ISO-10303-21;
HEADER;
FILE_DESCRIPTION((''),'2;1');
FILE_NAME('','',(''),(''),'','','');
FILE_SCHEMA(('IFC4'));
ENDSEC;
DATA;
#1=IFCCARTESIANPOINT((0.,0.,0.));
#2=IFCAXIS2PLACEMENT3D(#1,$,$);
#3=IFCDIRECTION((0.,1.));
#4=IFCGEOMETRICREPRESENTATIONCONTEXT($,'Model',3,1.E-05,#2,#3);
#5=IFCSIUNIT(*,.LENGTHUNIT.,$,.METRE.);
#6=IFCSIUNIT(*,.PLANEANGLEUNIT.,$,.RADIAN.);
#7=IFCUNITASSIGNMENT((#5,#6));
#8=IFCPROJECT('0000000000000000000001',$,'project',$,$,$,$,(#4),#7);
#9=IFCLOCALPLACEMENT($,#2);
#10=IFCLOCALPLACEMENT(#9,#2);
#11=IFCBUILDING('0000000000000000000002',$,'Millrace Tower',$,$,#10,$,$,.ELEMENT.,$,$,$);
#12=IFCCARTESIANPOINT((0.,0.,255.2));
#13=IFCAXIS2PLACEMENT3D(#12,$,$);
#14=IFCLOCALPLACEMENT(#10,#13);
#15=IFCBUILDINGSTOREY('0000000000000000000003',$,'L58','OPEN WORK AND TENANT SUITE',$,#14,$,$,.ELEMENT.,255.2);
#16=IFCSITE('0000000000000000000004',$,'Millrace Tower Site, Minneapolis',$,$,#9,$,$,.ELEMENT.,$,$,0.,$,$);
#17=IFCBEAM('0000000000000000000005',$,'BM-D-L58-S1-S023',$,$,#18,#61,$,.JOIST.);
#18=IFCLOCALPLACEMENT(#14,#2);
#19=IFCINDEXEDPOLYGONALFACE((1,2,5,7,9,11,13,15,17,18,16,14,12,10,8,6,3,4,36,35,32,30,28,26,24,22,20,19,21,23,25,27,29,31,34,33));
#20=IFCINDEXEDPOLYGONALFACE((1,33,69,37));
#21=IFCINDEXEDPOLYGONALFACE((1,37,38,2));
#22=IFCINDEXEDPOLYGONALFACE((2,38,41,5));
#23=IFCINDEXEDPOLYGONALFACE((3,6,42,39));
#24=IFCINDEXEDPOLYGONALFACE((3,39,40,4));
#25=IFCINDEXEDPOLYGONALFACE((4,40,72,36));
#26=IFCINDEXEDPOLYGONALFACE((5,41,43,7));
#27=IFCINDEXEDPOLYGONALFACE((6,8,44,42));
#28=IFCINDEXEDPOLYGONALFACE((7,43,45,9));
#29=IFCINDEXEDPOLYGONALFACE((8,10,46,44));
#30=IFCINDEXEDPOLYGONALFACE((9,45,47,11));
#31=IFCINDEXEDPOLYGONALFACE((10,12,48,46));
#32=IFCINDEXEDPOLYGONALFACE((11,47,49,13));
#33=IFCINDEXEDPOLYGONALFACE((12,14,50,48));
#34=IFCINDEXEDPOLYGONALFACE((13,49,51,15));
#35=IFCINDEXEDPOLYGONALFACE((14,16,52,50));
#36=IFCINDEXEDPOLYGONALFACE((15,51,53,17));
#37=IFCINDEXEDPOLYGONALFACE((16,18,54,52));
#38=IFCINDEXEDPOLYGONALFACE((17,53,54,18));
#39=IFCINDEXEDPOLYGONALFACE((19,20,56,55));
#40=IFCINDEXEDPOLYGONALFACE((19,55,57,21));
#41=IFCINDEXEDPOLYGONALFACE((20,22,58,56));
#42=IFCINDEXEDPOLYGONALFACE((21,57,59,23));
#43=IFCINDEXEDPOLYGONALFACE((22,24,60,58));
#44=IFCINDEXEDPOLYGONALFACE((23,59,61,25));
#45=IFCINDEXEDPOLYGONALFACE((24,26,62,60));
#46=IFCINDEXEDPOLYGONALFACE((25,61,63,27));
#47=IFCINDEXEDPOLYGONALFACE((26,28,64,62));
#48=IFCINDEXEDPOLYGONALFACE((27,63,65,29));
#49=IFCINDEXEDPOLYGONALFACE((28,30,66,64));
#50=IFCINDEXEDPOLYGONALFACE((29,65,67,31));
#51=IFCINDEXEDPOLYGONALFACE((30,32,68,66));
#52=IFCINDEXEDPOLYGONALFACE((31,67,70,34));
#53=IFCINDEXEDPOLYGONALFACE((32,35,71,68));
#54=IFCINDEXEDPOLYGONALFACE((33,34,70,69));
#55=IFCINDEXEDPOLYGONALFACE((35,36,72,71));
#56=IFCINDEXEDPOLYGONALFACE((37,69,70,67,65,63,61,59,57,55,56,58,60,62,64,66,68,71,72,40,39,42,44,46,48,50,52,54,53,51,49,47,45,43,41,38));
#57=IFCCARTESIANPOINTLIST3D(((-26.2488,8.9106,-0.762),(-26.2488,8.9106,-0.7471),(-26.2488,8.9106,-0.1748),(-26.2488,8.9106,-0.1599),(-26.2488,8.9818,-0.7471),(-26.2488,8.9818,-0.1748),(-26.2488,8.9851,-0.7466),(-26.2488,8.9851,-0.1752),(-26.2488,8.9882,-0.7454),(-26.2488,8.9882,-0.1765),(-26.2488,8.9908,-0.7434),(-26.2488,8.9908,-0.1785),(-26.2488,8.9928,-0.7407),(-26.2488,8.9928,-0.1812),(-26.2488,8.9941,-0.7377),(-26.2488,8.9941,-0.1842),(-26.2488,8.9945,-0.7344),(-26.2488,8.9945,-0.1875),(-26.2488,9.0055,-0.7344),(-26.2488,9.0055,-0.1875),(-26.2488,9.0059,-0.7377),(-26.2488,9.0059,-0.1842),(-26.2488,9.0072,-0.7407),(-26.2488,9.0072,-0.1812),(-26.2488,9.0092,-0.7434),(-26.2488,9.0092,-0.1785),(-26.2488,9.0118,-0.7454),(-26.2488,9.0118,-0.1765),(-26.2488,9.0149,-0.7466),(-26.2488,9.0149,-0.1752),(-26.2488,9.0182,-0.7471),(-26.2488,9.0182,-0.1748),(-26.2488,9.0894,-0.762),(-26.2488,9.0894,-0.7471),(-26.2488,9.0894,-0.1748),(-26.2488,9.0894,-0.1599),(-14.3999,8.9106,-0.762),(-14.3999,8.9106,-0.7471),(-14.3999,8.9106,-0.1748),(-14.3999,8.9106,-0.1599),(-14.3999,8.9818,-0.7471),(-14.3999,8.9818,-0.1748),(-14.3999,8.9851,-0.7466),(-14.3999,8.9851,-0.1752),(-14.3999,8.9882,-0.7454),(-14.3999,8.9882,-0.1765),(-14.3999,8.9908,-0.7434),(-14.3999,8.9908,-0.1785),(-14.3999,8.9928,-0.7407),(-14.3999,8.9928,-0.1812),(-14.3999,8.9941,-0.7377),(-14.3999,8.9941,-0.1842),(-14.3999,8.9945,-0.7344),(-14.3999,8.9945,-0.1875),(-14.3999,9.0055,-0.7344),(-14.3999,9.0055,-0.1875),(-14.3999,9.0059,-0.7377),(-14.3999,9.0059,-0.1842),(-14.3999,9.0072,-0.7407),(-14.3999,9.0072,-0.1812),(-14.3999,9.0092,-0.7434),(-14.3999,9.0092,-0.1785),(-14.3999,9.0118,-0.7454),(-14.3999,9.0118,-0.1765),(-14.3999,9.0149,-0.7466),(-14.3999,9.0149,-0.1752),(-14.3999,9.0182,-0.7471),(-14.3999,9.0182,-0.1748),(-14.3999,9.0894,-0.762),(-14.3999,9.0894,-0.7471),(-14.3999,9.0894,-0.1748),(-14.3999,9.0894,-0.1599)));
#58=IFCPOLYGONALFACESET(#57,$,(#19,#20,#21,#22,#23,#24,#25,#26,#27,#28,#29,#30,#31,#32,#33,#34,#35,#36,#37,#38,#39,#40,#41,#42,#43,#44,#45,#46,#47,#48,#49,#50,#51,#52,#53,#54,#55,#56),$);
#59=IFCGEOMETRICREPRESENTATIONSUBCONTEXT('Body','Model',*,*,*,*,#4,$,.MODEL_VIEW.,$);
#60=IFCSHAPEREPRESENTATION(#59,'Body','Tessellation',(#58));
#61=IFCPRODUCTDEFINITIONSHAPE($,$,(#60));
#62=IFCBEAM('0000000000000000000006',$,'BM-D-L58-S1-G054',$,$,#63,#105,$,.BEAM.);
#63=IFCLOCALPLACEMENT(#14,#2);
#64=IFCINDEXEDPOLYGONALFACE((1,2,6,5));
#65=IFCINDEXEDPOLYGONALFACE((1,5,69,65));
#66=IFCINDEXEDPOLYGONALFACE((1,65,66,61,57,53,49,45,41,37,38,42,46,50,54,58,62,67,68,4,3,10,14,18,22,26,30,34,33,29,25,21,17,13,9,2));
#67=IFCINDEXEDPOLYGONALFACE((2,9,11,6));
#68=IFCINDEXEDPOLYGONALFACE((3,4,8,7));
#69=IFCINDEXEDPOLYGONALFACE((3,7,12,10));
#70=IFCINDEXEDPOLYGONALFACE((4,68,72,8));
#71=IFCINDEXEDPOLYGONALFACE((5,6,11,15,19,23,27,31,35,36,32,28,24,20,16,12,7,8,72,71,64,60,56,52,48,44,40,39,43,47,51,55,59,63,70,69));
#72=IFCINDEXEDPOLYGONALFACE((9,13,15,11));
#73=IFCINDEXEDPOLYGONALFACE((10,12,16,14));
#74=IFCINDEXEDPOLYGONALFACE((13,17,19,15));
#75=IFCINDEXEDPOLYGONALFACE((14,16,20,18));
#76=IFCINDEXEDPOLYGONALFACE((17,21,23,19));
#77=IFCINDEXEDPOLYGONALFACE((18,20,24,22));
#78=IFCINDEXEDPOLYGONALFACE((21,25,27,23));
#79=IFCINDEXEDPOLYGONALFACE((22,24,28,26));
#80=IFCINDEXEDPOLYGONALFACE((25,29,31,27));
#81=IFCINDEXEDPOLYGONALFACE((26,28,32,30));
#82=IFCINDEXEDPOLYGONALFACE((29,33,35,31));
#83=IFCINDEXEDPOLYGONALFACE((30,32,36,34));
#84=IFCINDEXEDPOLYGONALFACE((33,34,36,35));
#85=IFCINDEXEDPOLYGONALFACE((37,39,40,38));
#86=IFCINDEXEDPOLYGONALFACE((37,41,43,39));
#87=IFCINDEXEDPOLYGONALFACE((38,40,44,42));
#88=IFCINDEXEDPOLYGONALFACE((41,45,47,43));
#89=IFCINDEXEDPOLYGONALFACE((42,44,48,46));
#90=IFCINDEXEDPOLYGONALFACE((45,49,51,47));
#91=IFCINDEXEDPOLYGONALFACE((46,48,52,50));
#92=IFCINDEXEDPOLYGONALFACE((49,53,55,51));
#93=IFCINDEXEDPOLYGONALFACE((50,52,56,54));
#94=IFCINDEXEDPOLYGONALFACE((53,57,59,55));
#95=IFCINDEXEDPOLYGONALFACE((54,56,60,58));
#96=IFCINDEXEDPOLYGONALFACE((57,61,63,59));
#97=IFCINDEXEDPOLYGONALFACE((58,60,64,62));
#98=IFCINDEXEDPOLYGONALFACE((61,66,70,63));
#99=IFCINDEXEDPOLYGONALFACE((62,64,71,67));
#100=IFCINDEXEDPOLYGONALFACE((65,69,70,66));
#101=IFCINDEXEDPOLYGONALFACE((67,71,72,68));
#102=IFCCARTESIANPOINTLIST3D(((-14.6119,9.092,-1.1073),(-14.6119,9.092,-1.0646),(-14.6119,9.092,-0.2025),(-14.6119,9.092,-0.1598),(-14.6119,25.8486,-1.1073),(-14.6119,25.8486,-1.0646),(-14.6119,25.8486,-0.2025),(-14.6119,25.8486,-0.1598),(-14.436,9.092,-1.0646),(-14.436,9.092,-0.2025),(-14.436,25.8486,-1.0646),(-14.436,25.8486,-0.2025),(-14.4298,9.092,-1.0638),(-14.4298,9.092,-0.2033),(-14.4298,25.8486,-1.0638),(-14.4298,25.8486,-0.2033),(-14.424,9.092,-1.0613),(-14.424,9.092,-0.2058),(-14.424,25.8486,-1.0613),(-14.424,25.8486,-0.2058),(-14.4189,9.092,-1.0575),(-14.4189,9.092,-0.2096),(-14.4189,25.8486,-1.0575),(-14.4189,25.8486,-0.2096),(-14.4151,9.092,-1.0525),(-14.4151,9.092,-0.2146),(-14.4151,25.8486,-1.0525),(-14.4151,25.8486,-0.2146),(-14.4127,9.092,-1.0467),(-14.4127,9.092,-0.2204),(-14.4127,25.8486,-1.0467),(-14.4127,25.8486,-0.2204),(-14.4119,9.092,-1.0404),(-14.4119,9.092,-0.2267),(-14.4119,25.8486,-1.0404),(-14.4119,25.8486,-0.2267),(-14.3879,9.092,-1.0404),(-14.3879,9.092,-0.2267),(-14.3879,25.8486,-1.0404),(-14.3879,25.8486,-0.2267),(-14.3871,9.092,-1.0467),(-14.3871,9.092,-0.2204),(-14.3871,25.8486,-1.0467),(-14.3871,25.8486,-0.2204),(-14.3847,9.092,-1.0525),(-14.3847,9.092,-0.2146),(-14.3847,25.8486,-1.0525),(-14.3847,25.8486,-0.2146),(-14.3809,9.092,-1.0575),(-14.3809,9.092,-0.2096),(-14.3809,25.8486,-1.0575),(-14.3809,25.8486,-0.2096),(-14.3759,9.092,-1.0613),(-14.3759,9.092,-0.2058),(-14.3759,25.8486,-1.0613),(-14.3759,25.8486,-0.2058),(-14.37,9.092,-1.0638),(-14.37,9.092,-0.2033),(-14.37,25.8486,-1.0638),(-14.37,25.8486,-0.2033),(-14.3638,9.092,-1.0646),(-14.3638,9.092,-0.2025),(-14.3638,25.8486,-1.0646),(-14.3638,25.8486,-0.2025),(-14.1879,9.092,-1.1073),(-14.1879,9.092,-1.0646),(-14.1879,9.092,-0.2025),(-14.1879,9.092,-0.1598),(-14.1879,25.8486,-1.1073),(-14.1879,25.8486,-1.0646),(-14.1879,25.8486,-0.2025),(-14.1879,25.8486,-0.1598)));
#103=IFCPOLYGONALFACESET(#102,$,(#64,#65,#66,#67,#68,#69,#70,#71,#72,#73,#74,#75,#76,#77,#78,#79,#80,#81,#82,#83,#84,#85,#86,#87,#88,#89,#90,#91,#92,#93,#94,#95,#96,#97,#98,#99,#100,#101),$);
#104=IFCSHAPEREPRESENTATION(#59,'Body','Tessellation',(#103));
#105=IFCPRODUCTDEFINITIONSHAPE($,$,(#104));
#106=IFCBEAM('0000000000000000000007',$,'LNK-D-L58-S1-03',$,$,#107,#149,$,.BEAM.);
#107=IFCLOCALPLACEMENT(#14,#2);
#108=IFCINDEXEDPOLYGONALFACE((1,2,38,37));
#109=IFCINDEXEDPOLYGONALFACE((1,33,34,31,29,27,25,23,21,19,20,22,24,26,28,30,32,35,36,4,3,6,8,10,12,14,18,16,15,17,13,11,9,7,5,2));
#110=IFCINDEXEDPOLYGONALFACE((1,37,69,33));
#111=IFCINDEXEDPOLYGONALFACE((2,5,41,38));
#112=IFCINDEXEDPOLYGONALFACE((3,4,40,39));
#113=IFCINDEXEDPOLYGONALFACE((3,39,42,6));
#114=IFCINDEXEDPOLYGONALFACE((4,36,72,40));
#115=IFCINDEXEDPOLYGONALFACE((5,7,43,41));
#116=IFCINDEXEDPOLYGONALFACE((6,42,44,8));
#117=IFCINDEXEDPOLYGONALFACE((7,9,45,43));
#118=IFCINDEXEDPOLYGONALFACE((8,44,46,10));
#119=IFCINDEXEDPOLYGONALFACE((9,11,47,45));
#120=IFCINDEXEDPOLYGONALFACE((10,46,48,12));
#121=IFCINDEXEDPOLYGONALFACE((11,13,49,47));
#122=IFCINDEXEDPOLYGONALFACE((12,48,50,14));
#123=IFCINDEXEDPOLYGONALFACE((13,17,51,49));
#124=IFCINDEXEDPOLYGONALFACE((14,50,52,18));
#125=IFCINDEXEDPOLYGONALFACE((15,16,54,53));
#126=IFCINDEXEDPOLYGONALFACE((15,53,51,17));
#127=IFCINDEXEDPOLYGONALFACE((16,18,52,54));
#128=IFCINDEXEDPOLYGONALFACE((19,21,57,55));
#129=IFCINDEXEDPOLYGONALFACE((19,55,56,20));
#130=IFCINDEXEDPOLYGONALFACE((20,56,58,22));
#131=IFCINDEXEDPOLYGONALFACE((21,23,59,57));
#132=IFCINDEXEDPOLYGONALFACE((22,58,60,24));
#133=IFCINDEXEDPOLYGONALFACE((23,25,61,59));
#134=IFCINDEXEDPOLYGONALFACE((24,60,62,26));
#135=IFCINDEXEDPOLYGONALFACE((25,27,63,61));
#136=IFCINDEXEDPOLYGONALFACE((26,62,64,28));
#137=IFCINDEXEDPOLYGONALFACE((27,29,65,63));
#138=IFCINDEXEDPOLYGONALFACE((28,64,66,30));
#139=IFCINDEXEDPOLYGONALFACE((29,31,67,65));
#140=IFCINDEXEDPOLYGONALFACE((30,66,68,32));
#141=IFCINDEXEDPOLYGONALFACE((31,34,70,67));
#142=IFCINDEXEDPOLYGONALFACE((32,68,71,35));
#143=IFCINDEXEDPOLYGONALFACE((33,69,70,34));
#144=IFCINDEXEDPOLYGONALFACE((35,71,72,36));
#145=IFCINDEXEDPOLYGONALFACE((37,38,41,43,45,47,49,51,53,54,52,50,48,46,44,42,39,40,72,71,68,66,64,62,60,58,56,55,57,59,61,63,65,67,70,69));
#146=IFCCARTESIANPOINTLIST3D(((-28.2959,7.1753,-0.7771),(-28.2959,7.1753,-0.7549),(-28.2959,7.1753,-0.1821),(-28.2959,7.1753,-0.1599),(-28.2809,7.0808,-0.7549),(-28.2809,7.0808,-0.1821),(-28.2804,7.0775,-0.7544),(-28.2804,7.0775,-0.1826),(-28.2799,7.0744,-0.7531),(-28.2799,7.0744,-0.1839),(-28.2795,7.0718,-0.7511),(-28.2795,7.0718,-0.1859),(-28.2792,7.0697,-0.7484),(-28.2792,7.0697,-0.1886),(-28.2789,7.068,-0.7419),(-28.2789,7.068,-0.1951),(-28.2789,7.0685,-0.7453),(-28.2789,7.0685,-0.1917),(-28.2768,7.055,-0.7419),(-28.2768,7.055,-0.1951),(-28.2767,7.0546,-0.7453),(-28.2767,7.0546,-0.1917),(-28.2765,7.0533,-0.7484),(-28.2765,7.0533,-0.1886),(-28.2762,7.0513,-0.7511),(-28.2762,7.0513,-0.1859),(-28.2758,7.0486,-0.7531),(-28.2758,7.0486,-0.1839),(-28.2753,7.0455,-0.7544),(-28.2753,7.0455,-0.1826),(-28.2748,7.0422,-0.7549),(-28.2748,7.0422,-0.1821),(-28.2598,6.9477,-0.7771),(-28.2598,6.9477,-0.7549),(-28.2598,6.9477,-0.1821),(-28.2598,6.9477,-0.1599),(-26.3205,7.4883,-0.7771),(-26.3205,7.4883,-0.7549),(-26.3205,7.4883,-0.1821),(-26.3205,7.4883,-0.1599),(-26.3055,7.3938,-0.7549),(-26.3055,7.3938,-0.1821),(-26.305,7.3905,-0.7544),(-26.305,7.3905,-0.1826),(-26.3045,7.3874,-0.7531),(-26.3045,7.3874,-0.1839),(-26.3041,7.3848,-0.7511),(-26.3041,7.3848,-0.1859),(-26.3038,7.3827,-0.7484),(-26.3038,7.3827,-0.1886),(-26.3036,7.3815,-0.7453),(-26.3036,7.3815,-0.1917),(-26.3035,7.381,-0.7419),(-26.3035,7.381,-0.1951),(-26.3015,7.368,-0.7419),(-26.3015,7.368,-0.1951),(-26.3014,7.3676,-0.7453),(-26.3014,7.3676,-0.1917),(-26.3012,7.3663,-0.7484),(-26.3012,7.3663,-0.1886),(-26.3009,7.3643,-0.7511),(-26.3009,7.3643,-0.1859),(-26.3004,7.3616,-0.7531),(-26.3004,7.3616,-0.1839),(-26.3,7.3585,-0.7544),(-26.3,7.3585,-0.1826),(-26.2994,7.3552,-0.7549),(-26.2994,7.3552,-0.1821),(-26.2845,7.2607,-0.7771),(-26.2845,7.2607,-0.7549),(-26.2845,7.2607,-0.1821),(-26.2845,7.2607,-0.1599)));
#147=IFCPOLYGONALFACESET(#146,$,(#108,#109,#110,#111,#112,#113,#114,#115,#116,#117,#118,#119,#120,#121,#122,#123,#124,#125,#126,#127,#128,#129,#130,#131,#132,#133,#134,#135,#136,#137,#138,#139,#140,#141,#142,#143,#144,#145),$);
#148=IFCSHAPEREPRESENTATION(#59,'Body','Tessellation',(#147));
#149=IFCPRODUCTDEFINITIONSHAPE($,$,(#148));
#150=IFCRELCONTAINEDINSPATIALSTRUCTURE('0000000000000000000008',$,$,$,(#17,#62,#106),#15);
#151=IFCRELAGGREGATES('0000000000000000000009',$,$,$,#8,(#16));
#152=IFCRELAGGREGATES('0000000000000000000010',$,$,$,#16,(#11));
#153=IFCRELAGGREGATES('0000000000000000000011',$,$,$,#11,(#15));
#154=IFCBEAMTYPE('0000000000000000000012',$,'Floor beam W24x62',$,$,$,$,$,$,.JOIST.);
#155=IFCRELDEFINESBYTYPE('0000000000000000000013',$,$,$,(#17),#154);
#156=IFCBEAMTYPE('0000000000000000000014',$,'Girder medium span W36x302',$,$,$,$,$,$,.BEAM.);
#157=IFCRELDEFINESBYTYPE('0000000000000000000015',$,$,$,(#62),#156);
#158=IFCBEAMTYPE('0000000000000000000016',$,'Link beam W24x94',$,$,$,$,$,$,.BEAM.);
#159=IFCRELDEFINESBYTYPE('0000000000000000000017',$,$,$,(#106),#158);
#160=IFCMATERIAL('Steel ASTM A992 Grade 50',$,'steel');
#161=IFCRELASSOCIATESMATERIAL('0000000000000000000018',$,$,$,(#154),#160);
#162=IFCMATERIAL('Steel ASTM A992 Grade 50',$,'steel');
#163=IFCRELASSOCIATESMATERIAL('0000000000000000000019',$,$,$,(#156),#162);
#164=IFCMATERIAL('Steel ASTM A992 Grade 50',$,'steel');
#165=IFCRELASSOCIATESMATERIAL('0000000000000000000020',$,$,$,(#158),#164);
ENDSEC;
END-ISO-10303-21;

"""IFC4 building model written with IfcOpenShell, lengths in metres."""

from ifc_helpers import new_model, si_unit, direction, frame, origin, origin_2d, place, context, subcontext, project, spatial, i_section, extrude, material, material_profile, profile_set, type_object, element, save


model = new_model("IFC4")

# Units and contexts
model_context = context("Model", 3, precision=1e-05, world=origin(), true_north=direction((0.0, 1.0)))
body_context = subcontext(model_context, "Body", "Model", "MODEL_VIEW")
ifc_project = project(units=[si_unit("LENGTHUNIT", "METRE"), si_unit("PLANEANGLEUNIT", "RADIAN")], contexts=[model_context])

# Site, building, storey
site_placement = place(None, origin())
site = spatial("IfcSite", under=ifc_project, at=site_placement, Name="Millrace Tower Site, Minneapolis", CompositionType="ELEMENT", RefElevation=0.0)
building_placement = place(site_placement, origin())
building = spatial("IfcBuilding", under=site, at=building_placement, Name="Millrace Tower", CompositionType="ELEMENT")
storey_placement = place(building_placement, frame((0.0, 0.0, 255.2)))
storey = spatial("IfcBuildingStorey", under=building, at=storey_placement, Name="L58", Description="OPEN WORK AND TENANT SUITE", CompositionType="ELEMENT", Elevation=255.2)

# Beams
ifc_material_1 = material(Name="Steel ASTM A992 Grade 50", Category="steel")
ifc_material_profile_1 = material_profile(ifc_material_1, i_section(OverallWidth=0.1787, OverallDepth=0.6021, WebThickness=0.011, FlangeThickness=0.0149, FilletRadius=0.0127, at=origin_2d()))
ifc_profile_set_1 = profile_set([ifc_material_profile_1], Name="Steel ASTM A992 Grade 50")
beam_type_1 = type_object("IfcBeamType", Name="Floor beam W24x62", PredefinedType="JOIST", material=ifc_profile_set_1)
beam_1_placement = place(storey_placement, frame((-26.2488, 9.0, -0.4609), z_axis=(1.0, 0.0, 0.0), x_axis=(0.0, 1.0, 0.0)))
element("IfcBeam", 1, at=beam_1_placement, inside=storey, type_object=beam_type_1, Name="BM-D-L58-S1-S023", PredefinedType="JOIST", context=body_context, shape_type="SweptSolid", body=[
    extrude(i_section(OverallWidth=0.1787, OverallDepth=0.6021, WebThickness=0.011, FlangeThickness=0.0149, FilletRadius=0.0127, at=origin_2d()), origin(), (0.0, 0.0, 1.0), 11.8489),
])
ifc_material_2 = material(Name="Steel ASTM A992 Grade 50", Category="steel")
ifc_material_profile_2 = material_profile(ifc_material_2, i_section(OverallWidth=0.4241, OverallDepth=0.9475, WebThickness=0.0239, FlangeThickness=0.0427, FilletRadius=0.0242, at=origin_2d()))
ifc_profile_set_2 = profile_set([ifc_material_profile_2], Name="Steel ASTM A992 Grade 50")
beam_type_2 = type_object("IfcBeamType", Name="Girder medium span W36x302", PredefinedType="BEAM", material=ifc_profile_set_2)
beam_2_placement = place(storey_placement, frame((-14.3999, 9.092, -0.6335), z_axis=(0.0, 1.0, 0.0), x_axis=(-1.0, 0.0, 0.0)))
element("IfcBeam", 2, at=beam_2_placement, inside=storey, type_object=beam_type_2, Name="BM-D-L58-S1-G054", PredefinedType="BEAM", context=body_context, shape_type="SweptSolid", body=[
    extrude(i_section(OverallWidth=0.4241, OverallDepth=0.9475, WebThickness=0.0239, FlangeThickness=0.0427, FilletRadius=0.0242, at=origin_2d()), origin(), (0.0, 0.0, 1.0), 16.7566),
])
ifc_material_3 = material(Name="Steel ASTM A992 Grade 50", Category="steel")
ifc_material_profile_3 = material_profile(ifc_material_3, i_section(OverallWidth=0.2305, OverallDepth=0.6172, WebThickness=0.0132, FlangeThickness=0.0222, FilletRadius=0.0129, at=origin_2d()))
ifc_profile_set_3 = profile_set([ifc_material_profile_3], Name="Steel ASTM A992 Grade 50")
beam_type_3 = type_object("IfcBeamType", Name="Link beam W24x94", PredefinedType="BEAM", material=ifc_profile_set_3)
beam_3_placement = place(storey_placement, frame((-26.3025, 7.3745, -0.4685), z_axis=(-0.987679, -0.156495, 0.0), x_axis=(0.156495, -0.987679, 0.0)))
element("IfcBeam", 3, at=beam_3_placement, inside=storey, type_object=beam_type_3, Name="LNK-D-L58-S1-03", PredefinedType="BEAM", context=body_context, shape_type="SweptSolid", body=[
    extrude(i_section(OverallWidth=0.2305, OverallDepth=0.6172, WebThickness=0.0132, FlangeThickness=0.0222, FilletRadius=0.0129, at=origin_2d()), origin(), (0.0, 0.0, 1.0), 2.0),
])

save(model, "model.ifc")
